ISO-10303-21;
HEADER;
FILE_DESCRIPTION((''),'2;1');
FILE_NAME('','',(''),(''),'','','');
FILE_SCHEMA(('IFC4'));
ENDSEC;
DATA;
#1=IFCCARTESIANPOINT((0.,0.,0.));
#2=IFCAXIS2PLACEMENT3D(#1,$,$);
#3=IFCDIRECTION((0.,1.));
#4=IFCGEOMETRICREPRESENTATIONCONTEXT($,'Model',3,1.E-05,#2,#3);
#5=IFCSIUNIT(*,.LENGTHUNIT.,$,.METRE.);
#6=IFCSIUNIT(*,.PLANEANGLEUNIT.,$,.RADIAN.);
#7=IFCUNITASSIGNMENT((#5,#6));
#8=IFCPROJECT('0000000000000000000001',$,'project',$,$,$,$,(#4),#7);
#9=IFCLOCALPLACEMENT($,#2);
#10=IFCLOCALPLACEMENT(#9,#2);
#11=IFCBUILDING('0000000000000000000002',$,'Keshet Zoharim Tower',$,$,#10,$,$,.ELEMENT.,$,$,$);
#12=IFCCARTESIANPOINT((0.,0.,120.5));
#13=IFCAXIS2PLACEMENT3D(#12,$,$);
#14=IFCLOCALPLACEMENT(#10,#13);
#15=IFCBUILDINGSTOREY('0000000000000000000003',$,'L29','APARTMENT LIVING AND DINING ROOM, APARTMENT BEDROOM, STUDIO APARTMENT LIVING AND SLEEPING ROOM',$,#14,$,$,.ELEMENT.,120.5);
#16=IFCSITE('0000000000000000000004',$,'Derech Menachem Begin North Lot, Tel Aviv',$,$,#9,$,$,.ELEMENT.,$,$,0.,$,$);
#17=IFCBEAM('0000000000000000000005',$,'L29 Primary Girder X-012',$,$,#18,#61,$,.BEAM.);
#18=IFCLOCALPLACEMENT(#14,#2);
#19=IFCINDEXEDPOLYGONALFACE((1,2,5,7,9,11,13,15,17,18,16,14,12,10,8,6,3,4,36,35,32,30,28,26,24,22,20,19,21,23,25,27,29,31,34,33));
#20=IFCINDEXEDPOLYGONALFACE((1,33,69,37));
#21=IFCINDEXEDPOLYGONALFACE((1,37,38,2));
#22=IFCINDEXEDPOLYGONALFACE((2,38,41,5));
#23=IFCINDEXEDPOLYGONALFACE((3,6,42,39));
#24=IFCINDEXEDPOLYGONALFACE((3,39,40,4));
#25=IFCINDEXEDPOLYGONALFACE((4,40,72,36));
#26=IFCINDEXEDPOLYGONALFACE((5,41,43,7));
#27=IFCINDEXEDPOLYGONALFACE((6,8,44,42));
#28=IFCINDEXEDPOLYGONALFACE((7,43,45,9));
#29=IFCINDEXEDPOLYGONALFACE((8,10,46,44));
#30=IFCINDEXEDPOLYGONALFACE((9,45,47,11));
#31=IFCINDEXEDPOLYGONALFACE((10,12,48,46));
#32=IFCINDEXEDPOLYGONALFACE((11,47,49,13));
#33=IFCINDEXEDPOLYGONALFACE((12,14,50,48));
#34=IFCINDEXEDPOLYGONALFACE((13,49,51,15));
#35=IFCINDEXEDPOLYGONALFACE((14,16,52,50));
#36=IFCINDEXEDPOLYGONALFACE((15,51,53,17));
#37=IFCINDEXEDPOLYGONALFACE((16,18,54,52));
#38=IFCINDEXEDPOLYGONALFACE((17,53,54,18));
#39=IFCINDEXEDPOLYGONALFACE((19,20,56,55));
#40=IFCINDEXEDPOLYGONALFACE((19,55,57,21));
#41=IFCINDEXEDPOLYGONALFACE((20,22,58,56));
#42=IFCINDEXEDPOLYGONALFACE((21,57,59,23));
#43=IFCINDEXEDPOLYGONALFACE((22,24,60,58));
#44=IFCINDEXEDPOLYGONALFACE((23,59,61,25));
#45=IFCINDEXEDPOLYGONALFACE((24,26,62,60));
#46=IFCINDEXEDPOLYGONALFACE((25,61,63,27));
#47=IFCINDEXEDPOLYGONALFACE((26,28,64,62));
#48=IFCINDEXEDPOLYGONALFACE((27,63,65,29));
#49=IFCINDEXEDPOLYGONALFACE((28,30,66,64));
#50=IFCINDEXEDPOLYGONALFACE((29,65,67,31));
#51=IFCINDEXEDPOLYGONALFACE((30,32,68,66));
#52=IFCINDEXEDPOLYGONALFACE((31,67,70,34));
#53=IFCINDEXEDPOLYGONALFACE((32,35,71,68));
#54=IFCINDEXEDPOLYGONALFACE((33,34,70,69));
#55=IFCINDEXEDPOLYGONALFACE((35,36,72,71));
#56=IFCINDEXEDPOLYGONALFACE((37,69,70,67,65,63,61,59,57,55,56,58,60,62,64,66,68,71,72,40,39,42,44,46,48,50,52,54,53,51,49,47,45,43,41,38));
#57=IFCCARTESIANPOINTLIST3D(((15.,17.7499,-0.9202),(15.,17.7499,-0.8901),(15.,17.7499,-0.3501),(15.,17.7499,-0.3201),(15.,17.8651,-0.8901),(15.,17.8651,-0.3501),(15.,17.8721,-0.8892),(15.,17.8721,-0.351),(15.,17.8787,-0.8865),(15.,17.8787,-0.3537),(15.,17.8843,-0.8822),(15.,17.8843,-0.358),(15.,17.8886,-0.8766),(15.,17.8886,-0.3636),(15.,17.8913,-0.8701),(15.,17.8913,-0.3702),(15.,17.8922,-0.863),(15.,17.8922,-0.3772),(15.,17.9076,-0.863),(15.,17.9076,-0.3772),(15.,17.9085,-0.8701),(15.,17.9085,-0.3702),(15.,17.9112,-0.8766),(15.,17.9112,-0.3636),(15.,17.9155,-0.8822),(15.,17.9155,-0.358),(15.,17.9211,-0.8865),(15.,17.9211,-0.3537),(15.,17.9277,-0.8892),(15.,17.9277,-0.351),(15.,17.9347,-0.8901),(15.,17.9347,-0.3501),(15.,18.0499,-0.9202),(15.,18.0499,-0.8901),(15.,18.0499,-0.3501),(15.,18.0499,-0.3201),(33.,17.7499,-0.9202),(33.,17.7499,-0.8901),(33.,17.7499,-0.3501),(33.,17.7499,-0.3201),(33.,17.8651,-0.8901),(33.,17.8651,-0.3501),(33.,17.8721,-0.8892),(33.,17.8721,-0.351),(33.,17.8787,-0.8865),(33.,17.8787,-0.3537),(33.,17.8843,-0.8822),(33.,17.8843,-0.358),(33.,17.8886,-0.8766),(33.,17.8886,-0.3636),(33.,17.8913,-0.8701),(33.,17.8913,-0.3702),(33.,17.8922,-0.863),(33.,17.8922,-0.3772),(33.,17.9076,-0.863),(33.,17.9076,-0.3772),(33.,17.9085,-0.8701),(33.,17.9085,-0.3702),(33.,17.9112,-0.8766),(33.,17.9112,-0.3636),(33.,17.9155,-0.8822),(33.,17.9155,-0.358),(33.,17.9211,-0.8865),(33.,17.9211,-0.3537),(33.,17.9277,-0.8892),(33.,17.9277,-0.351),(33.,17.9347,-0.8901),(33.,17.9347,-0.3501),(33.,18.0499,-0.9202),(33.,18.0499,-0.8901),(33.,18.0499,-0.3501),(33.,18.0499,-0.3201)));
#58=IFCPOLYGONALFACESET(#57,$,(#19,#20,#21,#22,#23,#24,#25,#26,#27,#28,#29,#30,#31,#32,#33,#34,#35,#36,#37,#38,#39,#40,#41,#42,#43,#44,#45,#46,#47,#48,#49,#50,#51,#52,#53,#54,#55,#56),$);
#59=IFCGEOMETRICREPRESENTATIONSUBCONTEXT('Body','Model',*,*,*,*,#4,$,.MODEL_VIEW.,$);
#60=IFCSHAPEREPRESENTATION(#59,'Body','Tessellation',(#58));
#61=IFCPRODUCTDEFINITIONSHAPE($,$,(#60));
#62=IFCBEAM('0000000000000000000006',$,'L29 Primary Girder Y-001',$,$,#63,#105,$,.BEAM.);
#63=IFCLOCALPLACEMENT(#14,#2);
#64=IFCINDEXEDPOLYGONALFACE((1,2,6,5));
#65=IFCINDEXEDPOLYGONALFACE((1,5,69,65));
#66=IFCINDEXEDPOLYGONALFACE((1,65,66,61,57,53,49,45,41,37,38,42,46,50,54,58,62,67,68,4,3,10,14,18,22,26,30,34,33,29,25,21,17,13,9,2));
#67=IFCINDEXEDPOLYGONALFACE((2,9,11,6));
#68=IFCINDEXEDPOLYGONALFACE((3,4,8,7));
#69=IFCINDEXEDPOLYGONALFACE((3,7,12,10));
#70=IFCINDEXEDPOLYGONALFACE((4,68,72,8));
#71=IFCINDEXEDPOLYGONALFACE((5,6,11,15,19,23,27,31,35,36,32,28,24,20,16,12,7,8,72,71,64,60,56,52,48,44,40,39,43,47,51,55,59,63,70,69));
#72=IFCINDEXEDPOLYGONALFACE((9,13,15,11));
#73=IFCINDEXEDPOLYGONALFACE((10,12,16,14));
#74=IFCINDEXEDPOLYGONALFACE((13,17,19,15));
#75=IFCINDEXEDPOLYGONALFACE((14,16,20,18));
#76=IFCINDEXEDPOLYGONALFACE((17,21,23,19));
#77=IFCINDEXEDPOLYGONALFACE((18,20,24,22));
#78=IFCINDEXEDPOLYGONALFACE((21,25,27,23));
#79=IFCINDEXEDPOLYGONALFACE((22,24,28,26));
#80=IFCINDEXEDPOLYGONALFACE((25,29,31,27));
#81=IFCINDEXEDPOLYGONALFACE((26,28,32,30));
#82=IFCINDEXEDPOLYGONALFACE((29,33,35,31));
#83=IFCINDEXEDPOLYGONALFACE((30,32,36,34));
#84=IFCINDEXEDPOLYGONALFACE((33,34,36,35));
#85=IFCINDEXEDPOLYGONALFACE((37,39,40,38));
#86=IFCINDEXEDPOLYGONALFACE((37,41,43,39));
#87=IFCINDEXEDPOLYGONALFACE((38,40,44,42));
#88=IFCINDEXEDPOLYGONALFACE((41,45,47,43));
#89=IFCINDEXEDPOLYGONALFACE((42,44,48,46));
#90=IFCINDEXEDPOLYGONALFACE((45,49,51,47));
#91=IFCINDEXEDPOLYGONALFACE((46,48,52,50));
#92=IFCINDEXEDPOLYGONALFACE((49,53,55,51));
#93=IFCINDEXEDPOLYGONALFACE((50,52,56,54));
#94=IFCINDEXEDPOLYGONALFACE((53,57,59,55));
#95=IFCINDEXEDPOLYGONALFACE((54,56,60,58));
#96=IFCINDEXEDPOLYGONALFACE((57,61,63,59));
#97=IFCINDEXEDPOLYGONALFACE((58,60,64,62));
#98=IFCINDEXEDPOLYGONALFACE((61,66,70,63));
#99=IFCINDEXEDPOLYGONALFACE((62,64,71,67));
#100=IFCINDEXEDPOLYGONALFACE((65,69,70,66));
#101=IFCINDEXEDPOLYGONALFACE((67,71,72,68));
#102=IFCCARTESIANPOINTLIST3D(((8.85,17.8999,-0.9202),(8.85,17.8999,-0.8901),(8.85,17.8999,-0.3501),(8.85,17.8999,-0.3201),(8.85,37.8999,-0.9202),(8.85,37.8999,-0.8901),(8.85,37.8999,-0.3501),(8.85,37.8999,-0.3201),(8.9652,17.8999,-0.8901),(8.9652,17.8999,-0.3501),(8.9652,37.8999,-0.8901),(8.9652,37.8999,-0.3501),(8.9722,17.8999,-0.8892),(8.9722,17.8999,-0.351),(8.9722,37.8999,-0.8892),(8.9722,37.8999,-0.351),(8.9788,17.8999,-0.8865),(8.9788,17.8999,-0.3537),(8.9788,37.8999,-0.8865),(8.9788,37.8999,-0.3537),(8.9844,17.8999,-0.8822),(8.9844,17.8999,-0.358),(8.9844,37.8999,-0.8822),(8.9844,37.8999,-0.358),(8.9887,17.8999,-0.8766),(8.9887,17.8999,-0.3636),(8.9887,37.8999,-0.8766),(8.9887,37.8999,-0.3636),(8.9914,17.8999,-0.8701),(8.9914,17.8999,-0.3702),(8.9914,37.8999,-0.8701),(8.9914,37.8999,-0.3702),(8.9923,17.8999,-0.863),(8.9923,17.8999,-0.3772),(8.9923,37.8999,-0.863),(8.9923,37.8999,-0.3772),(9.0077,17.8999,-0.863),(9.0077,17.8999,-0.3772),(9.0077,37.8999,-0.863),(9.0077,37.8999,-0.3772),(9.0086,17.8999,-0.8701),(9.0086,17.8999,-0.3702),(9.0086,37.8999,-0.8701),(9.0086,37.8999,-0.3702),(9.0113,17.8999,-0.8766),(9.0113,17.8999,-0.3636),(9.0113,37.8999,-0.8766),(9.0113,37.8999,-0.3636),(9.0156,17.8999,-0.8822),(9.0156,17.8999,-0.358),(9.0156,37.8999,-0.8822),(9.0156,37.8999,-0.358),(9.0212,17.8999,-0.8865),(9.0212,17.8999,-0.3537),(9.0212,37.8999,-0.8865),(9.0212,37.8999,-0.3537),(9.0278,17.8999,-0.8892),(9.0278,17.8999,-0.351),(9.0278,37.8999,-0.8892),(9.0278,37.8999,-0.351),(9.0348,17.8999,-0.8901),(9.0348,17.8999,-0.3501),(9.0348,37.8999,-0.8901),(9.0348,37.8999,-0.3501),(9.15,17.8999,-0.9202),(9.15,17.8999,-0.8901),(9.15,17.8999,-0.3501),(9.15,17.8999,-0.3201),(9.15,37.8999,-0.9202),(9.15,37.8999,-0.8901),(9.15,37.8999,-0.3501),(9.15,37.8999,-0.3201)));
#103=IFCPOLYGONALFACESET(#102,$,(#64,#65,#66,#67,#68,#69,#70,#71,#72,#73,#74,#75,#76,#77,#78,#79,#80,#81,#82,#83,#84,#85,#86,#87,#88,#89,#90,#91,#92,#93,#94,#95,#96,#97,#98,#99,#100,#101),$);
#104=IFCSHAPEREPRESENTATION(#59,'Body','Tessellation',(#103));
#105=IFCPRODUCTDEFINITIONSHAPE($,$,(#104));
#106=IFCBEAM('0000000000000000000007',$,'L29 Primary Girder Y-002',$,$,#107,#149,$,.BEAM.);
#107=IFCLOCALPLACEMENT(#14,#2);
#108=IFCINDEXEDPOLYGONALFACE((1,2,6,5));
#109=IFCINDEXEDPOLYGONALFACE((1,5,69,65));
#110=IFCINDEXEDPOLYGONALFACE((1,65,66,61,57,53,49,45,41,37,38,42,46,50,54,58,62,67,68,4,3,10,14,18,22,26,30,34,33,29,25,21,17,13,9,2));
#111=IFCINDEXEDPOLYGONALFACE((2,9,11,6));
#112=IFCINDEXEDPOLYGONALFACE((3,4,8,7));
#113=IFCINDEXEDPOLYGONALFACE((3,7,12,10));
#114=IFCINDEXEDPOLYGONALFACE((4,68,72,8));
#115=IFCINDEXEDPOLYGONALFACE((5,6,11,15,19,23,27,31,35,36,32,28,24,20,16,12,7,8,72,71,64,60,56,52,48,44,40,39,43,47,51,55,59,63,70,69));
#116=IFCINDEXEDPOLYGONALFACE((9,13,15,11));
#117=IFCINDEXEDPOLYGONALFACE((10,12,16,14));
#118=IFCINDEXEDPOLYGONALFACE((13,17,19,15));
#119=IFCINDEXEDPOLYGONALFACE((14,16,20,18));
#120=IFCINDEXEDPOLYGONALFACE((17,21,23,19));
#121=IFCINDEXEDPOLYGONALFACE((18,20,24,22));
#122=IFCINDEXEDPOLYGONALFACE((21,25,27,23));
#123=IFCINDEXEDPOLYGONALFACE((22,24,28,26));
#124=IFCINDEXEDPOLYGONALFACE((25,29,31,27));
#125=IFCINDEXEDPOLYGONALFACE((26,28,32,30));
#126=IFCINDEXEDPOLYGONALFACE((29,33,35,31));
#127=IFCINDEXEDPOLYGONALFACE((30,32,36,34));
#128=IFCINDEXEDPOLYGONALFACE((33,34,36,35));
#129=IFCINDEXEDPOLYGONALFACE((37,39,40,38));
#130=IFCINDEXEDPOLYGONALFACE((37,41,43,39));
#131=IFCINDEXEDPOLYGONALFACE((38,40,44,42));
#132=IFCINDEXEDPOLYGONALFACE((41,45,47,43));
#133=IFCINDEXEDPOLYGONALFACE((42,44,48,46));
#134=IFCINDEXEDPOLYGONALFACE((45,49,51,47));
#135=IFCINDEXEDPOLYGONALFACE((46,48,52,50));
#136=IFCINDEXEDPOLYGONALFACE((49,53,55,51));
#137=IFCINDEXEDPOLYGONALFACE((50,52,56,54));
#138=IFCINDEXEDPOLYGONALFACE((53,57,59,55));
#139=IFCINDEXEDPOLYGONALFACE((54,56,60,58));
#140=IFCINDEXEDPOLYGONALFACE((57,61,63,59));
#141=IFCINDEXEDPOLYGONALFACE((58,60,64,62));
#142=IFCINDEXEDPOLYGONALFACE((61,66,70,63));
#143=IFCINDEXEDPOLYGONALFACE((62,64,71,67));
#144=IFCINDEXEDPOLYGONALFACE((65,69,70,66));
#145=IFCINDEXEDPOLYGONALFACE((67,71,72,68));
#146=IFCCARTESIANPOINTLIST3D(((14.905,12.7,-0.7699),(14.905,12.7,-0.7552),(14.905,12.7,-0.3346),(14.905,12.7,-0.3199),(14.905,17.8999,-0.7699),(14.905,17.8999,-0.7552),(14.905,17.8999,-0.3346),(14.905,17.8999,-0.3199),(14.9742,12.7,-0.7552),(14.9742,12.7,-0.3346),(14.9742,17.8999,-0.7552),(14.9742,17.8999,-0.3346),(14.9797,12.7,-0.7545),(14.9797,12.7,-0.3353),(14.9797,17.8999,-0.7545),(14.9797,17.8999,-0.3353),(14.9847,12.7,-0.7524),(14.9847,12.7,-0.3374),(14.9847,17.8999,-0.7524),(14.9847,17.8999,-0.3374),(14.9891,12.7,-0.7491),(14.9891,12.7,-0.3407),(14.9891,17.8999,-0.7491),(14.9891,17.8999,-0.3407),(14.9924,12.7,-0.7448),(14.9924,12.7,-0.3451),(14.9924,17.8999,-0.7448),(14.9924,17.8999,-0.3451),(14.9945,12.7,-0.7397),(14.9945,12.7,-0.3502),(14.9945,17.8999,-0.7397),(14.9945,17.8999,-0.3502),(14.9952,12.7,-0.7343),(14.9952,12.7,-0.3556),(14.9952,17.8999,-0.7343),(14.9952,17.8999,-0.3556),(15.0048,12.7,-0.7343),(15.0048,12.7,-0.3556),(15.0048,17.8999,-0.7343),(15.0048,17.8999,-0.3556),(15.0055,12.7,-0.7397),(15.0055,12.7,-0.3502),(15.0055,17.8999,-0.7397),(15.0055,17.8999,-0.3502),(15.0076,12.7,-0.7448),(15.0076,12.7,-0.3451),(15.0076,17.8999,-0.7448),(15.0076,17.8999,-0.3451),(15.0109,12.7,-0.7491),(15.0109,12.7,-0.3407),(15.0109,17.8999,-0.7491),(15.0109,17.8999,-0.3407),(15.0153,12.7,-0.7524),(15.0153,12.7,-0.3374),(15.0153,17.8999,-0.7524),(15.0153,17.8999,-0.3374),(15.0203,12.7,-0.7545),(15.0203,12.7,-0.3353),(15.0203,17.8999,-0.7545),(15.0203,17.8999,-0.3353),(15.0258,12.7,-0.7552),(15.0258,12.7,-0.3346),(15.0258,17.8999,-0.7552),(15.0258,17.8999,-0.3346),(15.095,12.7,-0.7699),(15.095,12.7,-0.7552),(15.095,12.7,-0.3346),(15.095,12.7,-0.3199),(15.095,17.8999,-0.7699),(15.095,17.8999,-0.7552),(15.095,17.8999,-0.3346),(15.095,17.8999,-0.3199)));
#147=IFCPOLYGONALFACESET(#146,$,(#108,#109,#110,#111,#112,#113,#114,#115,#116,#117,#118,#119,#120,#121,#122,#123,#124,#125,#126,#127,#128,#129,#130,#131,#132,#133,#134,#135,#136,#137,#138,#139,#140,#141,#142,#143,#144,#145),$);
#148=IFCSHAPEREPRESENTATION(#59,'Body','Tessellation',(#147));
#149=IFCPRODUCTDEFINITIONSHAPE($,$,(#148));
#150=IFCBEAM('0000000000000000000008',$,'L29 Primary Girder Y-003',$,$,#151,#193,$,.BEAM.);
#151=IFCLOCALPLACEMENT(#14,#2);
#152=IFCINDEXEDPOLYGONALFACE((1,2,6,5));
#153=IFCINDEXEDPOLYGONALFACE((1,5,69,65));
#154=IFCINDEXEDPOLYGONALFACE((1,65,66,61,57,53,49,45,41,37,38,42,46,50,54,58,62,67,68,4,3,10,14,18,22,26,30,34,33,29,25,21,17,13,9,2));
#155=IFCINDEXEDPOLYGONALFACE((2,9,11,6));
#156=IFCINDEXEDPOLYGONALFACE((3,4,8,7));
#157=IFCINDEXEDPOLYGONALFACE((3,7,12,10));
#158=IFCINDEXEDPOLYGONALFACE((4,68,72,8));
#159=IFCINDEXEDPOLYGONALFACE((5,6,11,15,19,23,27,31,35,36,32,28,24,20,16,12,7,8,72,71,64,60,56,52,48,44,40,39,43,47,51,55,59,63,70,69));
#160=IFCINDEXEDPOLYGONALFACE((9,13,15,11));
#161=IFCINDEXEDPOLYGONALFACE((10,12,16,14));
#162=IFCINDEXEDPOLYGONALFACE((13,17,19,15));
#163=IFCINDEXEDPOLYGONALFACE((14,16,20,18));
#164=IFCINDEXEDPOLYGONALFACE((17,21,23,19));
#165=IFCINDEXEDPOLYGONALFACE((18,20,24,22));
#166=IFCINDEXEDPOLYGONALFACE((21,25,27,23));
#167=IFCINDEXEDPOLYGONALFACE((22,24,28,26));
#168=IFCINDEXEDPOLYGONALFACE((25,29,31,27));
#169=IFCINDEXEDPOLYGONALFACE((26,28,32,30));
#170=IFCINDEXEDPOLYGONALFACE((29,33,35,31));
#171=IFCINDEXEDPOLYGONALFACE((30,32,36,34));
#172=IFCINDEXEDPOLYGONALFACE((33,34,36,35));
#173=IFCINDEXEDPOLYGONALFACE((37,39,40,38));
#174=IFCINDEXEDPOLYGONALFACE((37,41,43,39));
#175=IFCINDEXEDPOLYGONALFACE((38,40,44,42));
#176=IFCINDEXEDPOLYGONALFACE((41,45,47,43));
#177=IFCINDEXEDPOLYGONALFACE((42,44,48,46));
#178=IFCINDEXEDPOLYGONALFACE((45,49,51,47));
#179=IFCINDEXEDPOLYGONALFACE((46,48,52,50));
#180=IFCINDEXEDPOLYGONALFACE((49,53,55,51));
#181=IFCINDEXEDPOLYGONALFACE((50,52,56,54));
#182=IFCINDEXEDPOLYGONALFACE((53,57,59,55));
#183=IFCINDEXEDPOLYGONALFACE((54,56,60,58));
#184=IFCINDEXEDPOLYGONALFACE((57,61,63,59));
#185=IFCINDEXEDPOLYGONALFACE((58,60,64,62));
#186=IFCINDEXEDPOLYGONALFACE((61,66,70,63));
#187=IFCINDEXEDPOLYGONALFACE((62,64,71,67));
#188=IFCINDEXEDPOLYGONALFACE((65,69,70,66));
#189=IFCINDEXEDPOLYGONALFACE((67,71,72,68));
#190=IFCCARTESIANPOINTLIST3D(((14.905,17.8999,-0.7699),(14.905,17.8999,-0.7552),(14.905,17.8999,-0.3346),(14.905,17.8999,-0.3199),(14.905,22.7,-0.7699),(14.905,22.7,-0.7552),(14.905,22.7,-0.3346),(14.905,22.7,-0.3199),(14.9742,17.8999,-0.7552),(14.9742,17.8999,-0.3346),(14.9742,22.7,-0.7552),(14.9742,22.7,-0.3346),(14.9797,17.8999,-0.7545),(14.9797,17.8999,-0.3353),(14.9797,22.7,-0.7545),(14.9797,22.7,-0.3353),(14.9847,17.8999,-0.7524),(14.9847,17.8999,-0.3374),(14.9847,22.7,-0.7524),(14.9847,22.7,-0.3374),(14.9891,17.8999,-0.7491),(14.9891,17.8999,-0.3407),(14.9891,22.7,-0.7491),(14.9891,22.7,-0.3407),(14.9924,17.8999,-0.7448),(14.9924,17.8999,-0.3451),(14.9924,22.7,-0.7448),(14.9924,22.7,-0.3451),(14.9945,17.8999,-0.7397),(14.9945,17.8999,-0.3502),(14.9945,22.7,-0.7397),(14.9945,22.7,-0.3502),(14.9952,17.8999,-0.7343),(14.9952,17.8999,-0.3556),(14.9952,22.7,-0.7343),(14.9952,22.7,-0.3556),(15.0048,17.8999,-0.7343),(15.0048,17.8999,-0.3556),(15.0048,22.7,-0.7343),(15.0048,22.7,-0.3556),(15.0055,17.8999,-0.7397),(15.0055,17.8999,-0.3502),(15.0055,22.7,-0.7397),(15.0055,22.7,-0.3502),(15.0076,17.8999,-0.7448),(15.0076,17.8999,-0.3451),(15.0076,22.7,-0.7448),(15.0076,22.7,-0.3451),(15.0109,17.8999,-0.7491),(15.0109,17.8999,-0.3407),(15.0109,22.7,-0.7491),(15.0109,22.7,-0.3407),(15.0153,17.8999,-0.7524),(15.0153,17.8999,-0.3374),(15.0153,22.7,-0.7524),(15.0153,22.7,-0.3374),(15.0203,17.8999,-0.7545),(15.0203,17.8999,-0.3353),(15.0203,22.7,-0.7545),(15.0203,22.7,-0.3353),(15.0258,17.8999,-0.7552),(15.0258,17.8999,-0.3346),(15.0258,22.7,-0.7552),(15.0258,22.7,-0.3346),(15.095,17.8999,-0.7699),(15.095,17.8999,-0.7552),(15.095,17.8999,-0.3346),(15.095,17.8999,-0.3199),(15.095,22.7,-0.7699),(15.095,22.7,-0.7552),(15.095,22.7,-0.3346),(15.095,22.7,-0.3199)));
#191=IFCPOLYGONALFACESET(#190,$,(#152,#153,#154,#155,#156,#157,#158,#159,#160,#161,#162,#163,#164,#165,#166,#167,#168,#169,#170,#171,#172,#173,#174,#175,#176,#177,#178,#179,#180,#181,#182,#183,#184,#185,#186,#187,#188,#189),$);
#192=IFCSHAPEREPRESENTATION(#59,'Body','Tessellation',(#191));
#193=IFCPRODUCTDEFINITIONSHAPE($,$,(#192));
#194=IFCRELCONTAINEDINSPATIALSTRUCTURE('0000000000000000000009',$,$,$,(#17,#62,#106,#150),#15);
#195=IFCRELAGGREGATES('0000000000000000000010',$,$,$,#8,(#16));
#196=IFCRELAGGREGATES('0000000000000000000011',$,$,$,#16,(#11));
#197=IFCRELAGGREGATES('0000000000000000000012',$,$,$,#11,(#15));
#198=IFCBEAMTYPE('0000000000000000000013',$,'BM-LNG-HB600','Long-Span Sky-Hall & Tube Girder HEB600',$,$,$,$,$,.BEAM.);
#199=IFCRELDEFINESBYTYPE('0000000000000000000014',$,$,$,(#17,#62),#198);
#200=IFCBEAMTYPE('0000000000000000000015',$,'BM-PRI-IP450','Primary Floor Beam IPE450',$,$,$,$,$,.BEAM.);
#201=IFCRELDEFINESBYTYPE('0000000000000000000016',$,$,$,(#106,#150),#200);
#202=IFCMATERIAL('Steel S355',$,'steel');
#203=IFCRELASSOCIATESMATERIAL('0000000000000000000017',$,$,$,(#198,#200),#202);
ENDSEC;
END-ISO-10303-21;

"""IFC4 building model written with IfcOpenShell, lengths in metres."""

from ifc_helpers import new_model, si_unit, direction, frame, origin, origin_2d, place, context, subcontext, project, spatial, i_section, extrude, material, material_profile, profile_set, type_object, element, save


model = new_model("IFC4")

# Units and contexts
model_context = context("Model", 3, precision=1e-05, world=origin(), true_north=direction((0.0, 1.0)))
body_context = subcontext(model_context, "Body", "Model", "MODEL_VIEW")
ifc_project = project(units=[si_unit("LENGTHUNIT", "METRE"), si_unit("PLANEANGLEUNIT", "RADIAN")], contexts=[model_context])

# Site, building, storey
site_placement = place(None, origin())
site = spatial("IfcSite", under=ifc_project, at=site_placement, Name="Derech Menachem Begin North Lot, Tel Aviv", CompositionType="ELEMENT", RefElevation=0.0)
building_placement = place(site_placement, origin())
building = spatial("IfcBuilding", under=site, at=building_placement, Name="Keshet Zoharim Tower", CompositionType="ELEMENT")
storey_placement = place(building_placement, frame((0.0, 0.0, 120.5)))
storey = spatial("IfcBuildingStorey", under=building, at=storey_placement, Name="L29", Description="APARTMENT LIVING AND DINING ROOM, APARTMENT BEDROOM, STUDIO APARTMENT LIVING AND SLEEPING ROOM", CompositionType="ELEMENT", Elevation=120.5)

# Shared definitions
ifc_material_1 = material(Name="Steel S355", Category="steel")

# Beams
ifc_material_profile_1 = material_profile(ifc_material_1, i_section(OverallWidth=0.3, OverallDepth=0.6001, WebThickness=0.0154, FlangeThickness=0.03, FilletRadius=0.0271, at=origin_2d()), Name="HEB600")
ifc_profile_set_1 = profile_set([ifc_material_profile_1], Name="Steel S355")
beam_type_1 = type_object("IfcBeamType", Name="BM-LNG-HB600", Description="Long-Span Sky-Hall & Tube Girder HEB600", PredefinedType="BEAM", material=ifc_profile_set_1)
for number, where, z_axis, x_axis, name in (
    (1, (15.0, 17.8999, -0.6201), (1.0, 0.0, 0.0), (0.0, 1.0, 0.0), "L29 Primary Girder X-012"),
):
    element("IfcBeam", number, at=place(storey_placement, frame(where, z_axis=z_axis, x_axis=x_axis)), inside=storey, type_object=beam_type_1, Name=name, PredefinedType="BEAM", context=body_context, shape_type="SweptSolid", body=[
        extrude(i_section(OverallWidth=0.3, OverallDepth=0.6001, WebThickness=0.0154, FlangeThickness=0.03, FilletRadius=0.0271, at=origin_2d()), origin(), (0.0, 0.0, 1.0), 18.0),
    ])
beam_1_placement = place(storey_placement, frame((9.0, 17.8999, -0.6201), z_axis=(0.0, 1.0, 0.0), x_axis=(-1.0, 0.0, 0.0)))
element("IfcBeam", 2, at=beam_1_placement, inside=storey, type_object=beam_type_1, Name="L29 Primary Girder Y-001", PredefinedType="BEAM", context=body_context, shape_type="SweptSolid", body=[
    extrude(i_section(OverallWidth=0.3, OverallDepth=0.6001, WebThickness=0.0154, FlangeThickness=0.03, FilletRadius=0.0271, at=origin_2d()), origin(), (0.0, 0.0, 1.0), 20.0),
])
ifc_material_profile_2 = material_profile(ifc_material_1, i_section(OverallWidth=0.1899, OverallDepth=0.45, WebThickness=0.0095, FlangeThickness=0.0146, FilletRadius=0.021, at=origin_2d()), Name="IPE450")
ifc_profile_set_2 = profile_set([ifc_material_profile_2], Name="Steel S355")
beam_type_2 = type_object("IfcBeamType", Name="BM-PRI-IP450", Description="Primary Floor Beam IPE450", PredefinedType="BEAM", material=ifc_profile_set_2)
beam_2_placement = place(storey_placement, frame((15.0, 12.7, -0.5449), z_axis=(0.0, 1.0, 0.0), x_axis=(-1.0, 0.0, 0.0)))
element("IfcBeam", 3, at=beam_2_placement, inside=storey, type_object=beam_type_2, Name="L29 Primary Girder Y-002", PredefinedType="BEAM", context=body_context, shape_type="SweptSolid", body=[
    extrude(i_section(OverallWidth=0.1899, OverallDepth=0.45, WebThickness=0.0095, FlangeThickness=0.0146, FilletRadius=0.021, at=origin_2d()), origin(), (0.0, 0.0, 1.0), 5.2),
])
beam_3_placement = place(storey_placement, frame((15.0, 17.8999, -0.5449), z_axis=(0.0, 1.0, 0.0), x_axis=(-1.0, 0.0, 0.0)))
element("IfcBeam", 4, at=beam_3_placement, inside=storey, type_object=beam_type_2, Name="L29 Primary Girder Y-003", PredefinedType="BEAM", context=body_context, shape_type="SweptSolid", body=[
    extrude(i_section(OverallWidth=0.1899, OverallDepth=0.45, WebThickness=0.0095, FlangeThickness=0.0146, FilletRadius=0.021, at=origin_2d()), origin(), (0.0, 0.0, 1.0), 4.8),
])

save(model, "model.ifc")
